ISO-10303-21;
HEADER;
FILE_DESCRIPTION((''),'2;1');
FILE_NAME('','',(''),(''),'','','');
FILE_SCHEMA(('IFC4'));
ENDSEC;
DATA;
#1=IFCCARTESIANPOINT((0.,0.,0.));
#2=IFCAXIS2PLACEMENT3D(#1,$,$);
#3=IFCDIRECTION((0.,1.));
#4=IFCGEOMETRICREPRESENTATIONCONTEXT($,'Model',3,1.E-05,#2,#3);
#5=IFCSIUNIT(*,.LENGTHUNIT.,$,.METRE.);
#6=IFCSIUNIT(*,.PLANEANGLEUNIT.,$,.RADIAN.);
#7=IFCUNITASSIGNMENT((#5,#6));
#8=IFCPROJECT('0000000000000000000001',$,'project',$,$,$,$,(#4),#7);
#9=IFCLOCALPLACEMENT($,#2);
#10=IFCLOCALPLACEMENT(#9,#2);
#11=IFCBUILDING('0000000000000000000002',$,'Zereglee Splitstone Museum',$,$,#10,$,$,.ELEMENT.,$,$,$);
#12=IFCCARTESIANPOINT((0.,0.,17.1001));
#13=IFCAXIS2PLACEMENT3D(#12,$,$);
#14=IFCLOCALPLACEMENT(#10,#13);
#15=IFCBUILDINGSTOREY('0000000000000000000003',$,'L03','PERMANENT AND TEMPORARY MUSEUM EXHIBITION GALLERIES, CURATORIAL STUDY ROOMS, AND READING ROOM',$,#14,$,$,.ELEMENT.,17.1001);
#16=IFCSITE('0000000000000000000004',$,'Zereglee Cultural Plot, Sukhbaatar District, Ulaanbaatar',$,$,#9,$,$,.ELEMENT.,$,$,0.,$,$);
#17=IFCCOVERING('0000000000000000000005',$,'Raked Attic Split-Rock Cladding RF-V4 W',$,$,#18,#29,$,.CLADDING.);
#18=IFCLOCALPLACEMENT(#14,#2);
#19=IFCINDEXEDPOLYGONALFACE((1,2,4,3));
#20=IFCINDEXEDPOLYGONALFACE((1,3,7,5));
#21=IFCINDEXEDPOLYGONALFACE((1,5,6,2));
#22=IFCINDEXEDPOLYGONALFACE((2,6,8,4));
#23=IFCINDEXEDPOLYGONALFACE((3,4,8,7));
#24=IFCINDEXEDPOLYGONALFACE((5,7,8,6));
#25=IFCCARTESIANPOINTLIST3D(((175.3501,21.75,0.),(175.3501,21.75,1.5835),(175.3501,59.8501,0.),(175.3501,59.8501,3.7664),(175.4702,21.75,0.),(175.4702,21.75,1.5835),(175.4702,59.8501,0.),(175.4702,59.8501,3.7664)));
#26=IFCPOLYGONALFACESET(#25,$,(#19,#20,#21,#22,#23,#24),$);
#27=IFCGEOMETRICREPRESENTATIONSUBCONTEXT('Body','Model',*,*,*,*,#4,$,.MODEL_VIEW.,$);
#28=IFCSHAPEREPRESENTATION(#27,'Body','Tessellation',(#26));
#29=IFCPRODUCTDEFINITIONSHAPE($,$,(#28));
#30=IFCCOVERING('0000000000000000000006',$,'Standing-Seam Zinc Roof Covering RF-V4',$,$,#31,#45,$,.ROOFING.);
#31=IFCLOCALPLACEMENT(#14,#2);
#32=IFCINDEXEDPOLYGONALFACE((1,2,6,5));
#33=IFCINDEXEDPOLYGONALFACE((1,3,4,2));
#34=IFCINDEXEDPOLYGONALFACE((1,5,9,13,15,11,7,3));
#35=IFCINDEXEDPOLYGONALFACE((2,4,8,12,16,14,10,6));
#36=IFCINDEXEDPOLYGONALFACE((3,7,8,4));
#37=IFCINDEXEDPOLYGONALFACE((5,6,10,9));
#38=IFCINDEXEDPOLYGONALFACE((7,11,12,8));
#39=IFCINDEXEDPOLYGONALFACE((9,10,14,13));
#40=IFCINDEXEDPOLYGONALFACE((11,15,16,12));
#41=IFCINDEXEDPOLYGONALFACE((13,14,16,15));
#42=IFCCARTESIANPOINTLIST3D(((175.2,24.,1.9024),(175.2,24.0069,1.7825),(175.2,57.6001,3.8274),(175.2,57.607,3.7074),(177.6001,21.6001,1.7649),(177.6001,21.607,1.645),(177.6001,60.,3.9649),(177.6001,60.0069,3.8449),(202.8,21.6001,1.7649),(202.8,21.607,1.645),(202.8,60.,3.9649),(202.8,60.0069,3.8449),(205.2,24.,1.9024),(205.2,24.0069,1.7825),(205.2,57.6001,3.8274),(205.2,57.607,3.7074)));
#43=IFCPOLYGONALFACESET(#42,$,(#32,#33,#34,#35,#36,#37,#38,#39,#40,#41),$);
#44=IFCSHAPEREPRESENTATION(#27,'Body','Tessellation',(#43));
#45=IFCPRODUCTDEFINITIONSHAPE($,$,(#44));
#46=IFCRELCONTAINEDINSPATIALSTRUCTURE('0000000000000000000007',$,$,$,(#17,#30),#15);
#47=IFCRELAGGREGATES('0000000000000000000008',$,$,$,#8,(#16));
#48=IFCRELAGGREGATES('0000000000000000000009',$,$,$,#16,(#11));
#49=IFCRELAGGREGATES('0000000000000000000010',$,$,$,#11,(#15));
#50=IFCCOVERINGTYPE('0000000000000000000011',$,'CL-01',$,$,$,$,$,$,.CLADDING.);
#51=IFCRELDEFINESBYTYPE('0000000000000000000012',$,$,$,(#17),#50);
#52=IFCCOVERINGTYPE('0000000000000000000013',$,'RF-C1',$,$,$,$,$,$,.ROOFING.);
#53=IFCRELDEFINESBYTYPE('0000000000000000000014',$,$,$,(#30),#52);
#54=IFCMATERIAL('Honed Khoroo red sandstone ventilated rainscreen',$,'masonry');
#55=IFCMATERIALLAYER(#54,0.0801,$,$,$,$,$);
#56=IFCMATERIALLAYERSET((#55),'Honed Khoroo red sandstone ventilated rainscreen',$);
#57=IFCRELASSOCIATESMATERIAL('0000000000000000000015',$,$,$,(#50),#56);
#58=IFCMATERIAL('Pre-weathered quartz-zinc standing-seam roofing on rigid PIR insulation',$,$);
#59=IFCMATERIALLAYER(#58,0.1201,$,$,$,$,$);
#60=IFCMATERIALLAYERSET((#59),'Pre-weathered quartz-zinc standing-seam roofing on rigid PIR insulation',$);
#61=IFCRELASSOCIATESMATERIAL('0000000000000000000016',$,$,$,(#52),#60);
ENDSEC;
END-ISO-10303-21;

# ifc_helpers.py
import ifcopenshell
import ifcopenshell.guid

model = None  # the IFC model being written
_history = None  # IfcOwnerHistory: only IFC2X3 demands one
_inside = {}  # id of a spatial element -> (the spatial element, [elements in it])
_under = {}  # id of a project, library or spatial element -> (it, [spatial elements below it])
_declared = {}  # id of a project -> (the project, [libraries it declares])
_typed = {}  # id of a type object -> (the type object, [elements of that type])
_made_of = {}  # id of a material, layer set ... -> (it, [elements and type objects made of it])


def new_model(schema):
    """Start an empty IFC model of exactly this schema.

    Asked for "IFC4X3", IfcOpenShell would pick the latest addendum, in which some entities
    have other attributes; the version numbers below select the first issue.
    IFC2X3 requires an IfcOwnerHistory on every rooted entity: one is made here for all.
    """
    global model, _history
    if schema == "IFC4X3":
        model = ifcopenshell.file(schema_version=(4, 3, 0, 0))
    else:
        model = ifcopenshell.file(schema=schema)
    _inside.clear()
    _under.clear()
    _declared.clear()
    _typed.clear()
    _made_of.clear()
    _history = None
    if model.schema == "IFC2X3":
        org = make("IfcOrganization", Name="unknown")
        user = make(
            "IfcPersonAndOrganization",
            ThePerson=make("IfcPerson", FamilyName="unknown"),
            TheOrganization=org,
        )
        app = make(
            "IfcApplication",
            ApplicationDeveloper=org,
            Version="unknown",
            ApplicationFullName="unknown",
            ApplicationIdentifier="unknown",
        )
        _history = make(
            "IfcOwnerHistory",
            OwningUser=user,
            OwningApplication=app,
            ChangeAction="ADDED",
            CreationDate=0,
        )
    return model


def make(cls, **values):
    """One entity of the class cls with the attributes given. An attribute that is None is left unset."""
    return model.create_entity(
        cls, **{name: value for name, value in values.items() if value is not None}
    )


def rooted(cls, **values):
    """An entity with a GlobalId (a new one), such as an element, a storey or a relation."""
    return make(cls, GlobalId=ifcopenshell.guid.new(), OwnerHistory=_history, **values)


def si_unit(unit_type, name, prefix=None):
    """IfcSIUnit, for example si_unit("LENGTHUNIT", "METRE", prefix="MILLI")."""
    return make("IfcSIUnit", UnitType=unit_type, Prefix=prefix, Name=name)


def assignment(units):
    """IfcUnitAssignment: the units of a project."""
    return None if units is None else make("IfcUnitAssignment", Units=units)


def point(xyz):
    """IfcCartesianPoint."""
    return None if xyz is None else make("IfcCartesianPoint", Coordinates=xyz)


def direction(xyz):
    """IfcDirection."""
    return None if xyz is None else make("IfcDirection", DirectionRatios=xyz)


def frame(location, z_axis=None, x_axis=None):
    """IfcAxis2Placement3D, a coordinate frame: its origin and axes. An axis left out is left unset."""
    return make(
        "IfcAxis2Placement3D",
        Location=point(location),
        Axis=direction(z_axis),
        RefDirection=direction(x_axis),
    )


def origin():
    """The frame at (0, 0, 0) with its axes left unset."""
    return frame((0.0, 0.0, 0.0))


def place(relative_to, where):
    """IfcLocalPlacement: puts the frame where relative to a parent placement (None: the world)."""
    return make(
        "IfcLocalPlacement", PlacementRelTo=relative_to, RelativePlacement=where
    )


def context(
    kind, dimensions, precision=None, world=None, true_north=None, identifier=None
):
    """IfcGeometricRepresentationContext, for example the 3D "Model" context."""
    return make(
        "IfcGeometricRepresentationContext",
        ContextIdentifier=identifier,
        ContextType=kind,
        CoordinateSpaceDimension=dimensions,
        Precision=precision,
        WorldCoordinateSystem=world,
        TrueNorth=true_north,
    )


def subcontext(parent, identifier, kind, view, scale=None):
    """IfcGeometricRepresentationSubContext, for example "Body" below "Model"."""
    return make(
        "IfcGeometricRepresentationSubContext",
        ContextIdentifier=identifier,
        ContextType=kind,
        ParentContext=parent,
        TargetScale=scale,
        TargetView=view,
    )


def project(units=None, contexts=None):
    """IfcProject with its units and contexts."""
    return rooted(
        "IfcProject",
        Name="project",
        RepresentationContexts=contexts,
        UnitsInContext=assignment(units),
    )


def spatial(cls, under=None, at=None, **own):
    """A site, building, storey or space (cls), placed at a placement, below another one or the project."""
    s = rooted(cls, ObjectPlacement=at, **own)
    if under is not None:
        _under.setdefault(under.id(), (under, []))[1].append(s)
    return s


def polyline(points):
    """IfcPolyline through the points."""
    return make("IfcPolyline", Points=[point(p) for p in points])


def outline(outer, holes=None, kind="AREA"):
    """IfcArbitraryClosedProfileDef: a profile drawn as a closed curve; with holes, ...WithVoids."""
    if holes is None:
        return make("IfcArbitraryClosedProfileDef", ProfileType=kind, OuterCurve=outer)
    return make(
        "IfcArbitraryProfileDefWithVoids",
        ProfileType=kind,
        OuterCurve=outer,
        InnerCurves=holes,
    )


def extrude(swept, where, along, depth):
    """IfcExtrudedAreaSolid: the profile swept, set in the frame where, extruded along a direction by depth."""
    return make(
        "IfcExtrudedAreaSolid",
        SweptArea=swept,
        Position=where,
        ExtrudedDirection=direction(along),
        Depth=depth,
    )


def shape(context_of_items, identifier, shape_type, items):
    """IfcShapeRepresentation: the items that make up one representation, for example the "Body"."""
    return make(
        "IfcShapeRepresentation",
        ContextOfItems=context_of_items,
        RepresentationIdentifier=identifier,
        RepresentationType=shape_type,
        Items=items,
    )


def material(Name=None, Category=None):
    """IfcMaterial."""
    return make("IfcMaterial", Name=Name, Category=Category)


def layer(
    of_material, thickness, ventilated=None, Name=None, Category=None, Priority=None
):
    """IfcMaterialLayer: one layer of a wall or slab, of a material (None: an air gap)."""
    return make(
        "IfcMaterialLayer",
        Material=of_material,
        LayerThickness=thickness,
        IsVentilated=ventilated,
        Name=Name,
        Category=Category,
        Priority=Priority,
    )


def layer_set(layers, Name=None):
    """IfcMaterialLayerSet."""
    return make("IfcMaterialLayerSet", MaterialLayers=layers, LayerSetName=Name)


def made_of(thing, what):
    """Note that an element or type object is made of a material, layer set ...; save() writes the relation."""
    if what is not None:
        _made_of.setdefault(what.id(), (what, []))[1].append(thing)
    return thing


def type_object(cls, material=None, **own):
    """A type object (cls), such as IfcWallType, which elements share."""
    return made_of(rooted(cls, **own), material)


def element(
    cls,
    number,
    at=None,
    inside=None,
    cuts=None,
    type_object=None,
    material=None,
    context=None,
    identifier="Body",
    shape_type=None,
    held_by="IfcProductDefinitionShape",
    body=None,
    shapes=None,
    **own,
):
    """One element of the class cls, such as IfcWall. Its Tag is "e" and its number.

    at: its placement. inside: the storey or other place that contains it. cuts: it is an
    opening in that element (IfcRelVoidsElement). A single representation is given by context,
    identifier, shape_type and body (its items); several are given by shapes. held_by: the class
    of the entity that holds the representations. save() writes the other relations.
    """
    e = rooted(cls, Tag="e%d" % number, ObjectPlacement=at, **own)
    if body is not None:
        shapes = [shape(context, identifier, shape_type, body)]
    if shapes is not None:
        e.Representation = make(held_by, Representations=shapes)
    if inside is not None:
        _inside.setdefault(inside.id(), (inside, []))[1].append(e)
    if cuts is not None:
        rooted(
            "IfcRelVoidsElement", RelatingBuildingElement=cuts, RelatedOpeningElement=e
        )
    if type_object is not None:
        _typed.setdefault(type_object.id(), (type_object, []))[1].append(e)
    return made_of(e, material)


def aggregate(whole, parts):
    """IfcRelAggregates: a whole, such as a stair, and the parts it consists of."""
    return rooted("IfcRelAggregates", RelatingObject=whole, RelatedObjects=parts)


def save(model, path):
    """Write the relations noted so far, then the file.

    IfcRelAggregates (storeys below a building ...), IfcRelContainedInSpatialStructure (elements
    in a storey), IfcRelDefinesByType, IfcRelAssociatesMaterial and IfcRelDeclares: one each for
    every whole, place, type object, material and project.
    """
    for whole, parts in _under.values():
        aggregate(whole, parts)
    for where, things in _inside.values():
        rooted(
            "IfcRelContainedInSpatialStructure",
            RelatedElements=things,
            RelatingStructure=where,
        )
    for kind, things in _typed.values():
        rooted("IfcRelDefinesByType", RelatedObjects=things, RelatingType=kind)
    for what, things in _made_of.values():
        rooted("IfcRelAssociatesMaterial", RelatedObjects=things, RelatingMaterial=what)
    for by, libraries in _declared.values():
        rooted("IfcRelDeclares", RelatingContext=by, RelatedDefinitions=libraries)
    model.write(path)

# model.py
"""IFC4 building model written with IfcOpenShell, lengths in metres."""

from ifc_helpers import new_model, si_unit, direction, frame, origin, place, context, subcontext, project, spatial, polyline, outline, extrude, material, layer, layer_set, type_object, element, save


model = new_model("IFC4")

# Units and contexts
model_context = context("Model", 3, precision=1e-05, world=origin(), true_north=direction((0.0, 1.0)))
body_context = subcontext(model_context, "Body", "Model", "MODEL_VIEW")
ifc_project = project(units=[si_unit("LENGTHUNIT", "METRE"), si_unit("PLANEANGLEUNIT", "RADIAN")], contexts=[model_context])

# Site, building, storey
site_placement = place(None, origin())
site = spatial("IfcSite", under=ifc_project, at=site_placement, Name="Zereglee Cultural Plot, Sukhbaatar District, Ulaanbaatar", CompositionType="ELEMENT", RefElevation=0.0)
building_placement = place(site_placement, origin())
building = spatial("IfcBuilding", under=site, at=building_placement, Name="Zereglee Splitstone Museum", CompositionType="ELEMENT")
storey_placement = place(building_placement, frame((0.0, 0.0, 17.1001)))
storey = spatial("IfcBuildingStorey", under=building, at=storey_placement, Name="L03", Description="PERMANENT AND TEMPORARY MUSEUM EXHIBITION GALLERIES, CURATORIAL STUDY ROOMS, AND READING ROOM", CompositionType="ELEMENT", Elevation=17.1001)

# Coverings
ifc_material_1 = material(Name="Honed Khoroo red sandstone ventilated rainscreen", Category="masonry")
ifc_layer_1 = layer(ifc_material_1, 0.0801)
ifc_layer_set_1 = layer_set([ifc_layer_1], Name="Honed Khoroo red sandstone ventilated rainscreen")
covering_type_1 = type_object("IfcCoveringType", Name="CL-01", PredefinedType="CLADDING", material=ifc_layer_set_1)
covering_1_placement = place(storey_placement, frame((175.3501, 21.75, 1.5835), z_axis=(-1.0, 0.0, 0.0), x_axis=(0.0, 0.998363, 0.057199)))
element("IfcCovering", 1, at=covering_1_placement, inside=storey, type_object=covering_type_1, Name="Raked Attic Split-Rock Cladding RF-V4 W", PredefinedType="CLADDING", context=body_context, shape_type="SweptSolid", body=[
    extrude(outline(polyline([(0.0, 0.0), (38.1626, 0.0), (37.9471, 3.7602), (-0.0906, 1.5809), (0.0, 0.0)])), origin(), (0.0, 0.0, -1.0), 0.1201),
])
ifc_material_2 = material(Name="Pre-weathered quartz-zinc standing-seam roofing on rigid PIR insulation")
ifc_layer_2 = layer(ifc_material_2, 0.1201)
ifc_layer_set_2 = layer_set([ifc_layer_2], Name="Pre-weathered quartz-zinc standing-seam roofing on rigid PIR insulation")
covering_type_2 = type_object("IfcCoveringType", Name="RF-C1", PredefinedType="ROOFING", material=ifc_layer_set_2)
covering_2_placement = place(storey_placement, frame((177.6001, 21.6001, 1.7649), z_axis=(0.0, -0.057197, 0.998363), x_axis=(1.0, 0.0, 0.0)))
element("IfcCovering", 2, at=covering_2_placement, inside=storey, type_object=covering_type_2, Name="Standing-Seam Zinc Roof Covering RF-V4", PredefinedType="ROOFING", context=body_context, shape_type="SweptSolid", body=[
    extrude(outline(polyline([(0.0, 0.0), (25.2, 0.0), (27.5999, 2.4038), (27.5999, 36.059), (25.2, 38.4629), (0.0, 38.4629), (-2.4001, 36.059), (-2.4001, 2.4038), (0.0, 0.0)])), origin(), (0.0, 0.0, -1.0), 0.1201),
])

save(model, "model.ifc")
